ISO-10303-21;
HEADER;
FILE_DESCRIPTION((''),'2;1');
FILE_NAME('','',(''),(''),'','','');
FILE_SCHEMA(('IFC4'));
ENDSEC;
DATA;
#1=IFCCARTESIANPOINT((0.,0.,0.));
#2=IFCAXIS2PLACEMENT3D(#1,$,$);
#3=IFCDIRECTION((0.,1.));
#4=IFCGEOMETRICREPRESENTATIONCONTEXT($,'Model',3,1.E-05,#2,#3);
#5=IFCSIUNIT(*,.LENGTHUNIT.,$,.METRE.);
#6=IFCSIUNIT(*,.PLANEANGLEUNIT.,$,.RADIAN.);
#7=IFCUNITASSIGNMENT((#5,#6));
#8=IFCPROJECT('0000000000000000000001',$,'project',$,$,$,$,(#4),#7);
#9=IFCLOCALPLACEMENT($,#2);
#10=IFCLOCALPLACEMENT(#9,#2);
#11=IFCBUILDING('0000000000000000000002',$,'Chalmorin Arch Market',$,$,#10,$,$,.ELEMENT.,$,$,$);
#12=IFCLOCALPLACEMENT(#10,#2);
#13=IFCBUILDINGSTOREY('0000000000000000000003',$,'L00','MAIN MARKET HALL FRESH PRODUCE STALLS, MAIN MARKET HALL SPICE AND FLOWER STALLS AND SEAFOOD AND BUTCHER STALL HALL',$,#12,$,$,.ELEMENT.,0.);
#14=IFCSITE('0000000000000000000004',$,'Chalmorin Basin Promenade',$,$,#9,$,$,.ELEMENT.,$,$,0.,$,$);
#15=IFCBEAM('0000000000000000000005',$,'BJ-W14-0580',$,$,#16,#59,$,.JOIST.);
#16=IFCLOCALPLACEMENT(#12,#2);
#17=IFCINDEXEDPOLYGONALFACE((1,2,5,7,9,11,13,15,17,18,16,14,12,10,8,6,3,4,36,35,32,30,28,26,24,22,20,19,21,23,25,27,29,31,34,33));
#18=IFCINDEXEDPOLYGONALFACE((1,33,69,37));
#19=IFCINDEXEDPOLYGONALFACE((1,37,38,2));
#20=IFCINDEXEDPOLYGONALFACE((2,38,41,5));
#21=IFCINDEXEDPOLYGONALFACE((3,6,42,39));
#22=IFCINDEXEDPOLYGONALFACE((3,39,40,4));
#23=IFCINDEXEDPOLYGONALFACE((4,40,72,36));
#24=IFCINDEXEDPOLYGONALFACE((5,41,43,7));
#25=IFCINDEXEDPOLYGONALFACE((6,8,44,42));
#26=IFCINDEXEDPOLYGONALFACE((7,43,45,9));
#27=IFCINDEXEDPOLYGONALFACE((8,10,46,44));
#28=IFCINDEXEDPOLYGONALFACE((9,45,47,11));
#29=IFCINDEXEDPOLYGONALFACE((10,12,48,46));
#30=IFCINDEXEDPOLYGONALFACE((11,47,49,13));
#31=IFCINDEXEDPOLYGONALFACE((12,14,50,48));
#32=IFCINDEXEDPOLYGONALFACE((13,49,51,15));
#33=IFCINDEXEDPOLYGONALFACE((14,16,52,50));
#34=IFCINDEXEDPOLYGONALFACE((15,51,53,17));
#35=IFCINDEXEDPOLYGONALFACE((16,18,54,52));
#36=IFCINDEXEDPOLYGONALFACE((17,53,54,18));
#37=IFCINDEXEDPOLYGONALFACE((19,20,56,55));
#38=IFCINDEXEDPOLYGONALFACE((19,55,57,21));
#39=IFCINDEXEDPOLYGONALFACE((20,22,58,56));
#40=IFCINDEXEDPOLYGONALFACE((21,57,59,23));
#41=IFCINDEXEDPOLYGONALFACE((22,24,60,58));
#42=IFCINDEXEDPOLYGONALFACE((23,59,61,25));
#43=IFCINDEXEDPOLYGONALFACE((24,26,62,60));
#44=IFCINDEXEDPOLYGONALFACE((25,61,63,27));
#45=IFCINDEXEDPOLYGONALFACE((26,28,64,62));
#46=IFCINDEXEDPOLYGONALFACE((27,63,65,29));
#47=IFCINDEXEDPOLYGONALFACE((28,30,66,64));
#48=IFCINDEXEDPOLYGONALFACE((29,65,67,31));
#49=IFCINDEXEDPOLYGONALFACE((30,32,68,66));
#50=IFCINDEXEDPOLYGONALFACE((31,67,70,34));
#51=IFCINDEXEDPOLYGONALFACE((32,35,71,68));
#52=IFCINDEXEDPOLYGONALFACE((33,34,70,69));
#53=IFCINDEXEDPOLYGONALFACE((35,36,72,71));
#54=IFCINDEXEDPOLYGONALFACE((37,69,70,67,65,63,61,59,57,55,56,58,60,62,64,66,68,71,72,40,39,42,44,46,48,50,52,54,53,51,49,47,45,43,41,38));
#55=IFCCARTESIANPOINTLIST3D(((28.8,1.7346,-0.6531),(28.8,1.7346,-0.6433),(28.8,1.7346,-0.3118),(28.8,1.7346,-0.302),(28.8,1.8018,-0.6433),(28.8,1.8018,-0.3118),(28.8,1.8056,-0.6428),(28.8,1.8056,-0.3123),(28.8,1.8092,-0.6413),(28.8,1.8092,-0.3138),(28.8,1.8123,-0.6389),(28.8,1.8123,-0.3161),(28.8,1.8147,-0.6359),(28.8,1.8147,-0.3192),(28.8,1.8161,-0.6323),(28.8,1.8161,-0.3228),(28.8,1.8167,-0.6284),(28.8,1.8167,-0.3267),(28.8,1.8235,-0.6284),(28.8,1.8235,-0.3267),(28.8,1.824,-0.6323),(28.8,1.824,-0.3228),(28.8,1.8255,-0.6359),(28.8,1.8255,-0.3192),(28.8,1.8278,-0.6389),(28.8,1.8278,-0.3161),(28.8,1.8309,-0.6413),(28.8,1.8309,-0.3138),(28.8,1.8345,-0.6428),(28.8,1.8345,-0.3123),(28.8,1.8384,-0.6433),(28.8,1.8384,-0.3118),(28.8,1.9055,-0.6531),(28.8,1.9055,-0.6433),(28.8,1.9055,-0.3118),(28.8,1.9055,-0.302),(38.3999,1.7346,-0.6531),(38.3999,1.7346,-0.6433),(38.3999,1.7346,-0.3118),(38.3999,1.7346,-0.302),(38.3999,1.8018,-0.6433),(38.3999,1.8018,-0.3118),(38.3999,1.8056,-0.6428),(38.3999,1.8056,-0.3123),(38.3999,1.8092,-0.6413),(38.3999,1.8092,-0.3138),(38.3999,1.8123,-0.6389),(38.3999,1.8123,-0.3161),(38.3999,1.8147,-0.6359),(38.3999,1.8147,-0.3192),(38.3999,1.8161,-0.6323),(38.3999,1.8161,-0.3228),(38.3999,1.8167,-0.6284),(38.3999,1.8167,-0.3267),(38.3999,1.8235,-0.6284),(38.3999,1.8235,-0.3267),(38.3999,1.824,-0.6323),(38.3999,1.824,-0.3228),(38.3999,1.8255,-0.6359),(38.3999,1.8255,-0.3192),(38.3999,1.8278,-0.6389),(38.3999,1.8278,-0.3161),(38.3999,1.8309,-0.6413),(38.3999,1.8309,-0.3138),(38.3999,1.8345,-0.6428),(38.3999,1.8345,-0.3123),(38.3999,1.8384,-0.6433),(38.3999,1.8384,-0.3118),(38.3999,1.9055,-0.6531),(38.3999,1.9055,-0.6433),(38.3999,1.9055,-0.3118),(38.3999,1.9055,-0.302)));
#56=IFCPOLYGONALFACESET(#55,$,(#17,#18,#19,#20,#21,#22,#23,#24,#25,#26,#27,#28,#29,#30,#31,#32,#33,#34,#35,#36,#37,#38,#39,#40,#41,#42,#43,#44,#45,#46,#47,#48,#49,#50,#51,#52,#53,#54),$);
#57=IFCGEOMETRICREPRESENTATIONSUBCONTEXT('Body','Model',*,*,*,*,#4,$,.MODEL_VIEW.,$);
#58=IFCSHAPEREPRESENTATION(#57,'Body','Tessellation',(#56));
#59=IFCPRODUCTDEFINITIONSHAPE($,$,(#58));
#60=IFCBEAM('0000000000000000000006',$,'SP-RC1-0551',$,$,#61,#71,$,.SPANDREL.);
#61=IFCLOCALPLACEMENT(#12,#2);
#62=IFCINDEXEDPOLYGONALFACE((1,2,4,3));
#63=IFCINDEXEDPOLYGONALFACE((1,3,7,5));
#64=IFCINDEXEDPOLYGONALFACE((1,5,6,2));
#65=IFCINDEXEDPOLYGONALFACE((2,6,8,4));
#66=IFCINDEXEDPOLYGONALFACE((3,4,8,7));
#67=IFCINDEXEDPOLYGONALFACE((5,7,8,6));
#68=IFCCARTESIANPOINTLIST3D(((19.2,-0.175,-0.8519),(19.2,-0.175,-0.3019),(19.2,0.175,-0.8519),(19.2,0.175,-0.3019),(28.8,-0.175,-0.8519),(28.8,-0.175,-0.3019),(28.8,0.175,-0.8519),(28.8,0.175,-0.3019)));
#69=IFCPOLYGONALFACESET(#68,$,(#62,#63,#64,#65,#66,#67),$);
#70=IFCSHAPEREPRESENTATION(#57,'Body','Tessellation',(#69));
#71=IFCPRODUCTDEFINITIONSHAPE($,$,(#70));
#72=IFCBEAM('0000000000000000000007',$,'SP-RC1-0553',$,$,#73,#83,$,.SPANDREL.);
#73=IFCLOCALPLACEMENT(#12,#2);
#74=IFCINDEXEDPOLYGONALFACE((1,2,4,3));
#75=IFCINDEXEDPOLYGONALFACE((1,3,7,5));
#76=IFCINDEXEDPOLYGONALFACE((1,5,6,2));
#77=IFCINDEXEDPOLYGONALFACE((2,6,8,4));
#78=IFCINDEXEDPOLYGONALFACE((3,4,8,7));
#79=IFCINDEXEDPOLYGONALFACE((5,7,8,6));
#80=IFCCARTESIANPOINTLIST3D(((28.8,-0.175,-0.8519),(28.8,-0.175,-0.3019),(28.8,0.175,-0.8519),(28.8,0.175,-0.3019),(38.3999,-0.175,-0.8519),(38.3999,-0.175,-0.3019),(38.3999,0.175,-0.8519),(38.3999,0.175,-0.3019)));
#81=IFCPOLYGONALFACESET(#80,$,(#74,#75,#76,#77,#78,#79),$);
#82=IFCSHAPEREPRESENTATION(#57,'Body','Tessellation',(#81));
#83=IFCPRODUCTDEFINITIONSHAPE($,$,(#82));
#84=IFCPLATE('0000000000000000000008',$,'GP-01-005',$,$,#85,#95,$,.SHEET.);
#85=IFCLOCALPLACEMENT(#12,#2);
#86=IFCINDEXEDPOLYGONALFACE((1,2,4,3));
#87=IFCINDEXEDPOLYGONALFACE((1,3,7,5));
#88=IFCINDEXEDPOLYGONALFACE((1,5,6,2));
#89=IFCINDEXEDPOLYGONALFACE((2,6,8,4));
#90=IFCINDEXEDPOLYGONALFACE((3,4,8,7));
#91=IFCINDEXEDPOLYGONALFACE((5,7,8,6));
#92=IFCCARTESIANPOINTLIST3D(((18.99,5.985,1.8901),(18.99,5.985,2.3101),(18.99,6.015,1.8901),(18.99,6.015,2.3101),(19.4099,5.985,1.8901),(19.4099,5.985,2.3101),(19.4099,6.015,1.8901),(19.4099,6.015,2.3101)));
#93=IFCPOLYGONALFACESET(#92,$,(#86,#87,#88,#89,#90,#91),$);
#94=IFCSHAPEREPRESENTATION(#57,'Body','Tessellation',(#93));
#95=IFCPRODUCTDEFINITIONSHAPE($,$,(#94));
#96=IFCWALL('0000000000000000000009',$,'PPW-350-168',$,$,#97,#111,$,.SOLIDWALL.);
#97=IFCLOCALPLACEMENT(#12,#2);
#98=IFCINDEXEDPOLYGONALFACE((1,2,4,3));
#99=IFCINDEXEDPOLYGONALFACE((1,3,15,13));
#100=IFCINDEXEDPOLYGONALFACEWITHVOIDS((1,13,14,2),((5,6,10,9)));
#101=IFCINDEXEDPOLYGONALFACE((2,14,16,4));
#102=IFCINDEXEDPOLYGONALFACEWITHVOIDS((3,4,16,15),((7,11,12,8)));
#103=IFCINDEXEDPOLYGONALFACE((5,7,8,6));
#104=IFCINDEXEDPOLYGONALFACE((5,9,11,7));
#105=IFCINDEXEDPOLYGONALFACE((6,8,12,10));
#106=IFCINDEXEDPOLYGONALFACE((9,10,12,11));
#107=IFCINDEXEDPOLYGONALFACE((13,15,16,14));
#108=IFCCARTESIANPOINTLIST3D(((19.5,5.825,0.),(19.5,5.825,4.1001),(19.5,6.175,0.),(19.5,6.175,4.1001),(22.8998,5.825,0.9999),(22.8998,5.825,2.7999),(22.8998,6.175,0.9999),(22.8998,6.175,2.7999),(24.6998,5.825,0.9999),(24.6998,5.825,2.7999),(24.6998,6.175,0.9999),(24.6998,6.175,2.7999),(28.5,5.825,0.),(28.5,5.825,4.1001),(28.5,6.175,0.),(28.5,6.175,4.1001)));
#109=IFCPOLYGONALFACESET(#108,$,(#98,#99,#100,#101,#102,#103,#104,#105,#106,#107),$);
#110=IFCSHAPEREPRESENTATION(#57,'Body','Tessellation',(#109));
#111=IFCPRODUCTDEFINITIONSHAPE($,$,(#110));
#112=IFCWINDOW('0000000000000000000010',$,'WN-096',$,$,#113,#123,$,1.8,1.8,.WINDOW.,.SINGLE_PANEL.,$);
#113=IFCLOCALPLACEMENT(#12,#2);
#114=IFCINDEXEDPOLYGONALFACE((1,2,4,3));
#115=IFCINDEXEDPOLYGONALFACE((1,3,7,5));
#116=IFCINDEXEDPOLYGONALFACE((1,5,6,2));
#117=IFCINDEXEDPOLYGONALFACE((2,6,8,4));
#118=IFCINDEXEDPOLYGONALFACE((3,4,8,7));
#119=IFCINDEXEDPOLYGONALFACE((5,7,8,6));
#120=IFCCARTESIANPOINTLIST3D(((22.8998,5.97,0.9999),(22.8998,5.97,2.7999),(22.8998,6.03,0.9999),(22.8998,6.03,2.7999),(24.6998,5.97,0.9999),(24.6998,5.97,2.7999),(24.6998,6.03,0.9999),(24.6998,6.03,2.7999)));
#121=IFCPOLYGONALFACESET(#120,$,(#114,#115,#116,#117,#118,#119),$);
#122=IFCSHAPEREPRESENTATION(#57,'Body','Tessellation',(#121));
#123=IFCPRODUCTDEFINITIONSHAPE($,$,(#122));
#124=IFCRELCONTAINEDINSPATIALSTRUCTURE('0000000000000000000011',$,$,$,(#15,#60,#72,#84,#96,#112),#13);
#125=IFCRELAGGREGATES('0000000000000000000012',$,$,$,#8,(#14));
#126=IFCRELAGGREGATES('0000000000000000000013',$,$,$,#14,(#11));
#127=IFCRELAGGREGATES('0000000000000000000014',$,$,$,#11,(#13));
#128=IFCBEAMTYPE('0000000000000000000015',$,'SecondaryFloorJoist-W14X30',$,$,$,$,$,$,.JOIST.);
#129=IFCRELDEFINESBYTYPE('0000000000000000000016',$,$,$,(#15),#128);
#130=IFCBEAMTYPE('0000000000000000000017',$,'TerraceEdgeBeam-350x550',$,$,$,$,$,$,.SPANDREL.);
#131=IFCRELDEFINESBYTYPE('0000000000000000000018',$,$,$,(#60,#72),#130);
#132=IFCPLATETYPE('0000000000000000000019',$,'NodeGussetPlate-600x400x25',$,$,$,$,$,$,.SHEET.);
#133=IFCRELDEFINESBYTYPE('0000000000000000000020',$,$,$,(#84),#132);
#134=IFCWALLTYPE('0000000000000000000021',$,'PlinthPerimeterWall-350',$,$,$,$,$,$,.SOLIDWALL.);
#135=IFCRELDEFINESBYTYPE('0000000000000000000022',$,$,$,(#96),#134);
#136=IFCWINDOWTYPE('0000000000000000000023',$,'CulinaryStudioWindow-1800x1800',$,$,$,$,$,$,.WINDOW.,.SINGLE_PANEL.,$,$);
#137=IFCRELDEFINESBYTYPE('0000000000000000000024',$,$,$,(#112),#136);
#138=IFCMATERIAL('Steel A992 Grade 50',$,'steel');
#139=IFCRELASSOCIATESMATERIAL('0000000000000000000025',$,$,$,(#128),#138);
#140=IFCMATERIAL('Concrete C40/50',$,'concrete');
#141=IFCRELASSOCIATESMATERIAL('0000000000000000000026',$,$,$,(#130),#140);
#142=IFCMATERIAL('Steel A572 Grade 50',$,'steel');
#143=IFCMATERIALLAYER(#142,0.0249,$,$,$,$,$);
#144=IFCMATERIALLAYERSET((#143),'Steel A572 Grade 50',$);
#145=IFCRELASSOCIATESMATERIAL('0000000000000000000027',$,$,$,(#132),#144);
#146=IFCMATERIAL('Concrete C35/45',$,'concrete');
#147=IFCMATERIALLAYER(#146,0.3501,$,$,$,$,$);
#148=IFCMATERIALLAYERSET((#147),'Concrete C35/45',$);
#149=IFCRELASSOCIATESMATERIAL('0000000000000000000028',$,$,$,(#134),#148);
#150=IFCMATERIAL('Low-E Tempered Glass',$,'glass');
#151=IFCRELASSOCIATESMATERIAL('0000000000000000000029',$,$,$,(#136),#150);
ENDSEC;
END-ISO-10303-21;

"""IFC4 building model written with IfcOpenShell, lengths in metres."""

from ifc_helpers import new_model, si_unit, direction, frame, frame_2d, origin, origin_2d, place, context, subcontext, project, spatial, rectangle, i_section, extrude, material, layer, layer_set, material_profile, profile_set, type_object, element, fill, save


model = new_model("IFC4")

# Units and contexts
model_context = context("Model", 3, precision=1e-05, world=origin(), true_north=direction((0.0, 1.0)))
body_context = subcontext(model_context, "Body", "Model", "MODEL_VIEW")
ifc_project = project(units=[si_unit("LENGTHUNIT", "METRE"), si_unit("PLANEANGLEUNIT", "RADIAN")], contexts=[model_context])

# Site, building, storey
site_placement = place(None, origin())
site = spatial("IfcSite", under=ifc_project, at=site_placement, Name="Chalmorin Basin Promenade", CompositionType="ELEMENT", RefElevation=0.0)
building_placement = place(site_placement, origin())
building = spatial("IfcBuilding", under=site, at=building_placement, Name="Chalmorin Arch Market", CompositionType="ELEMENT")
storey_placement = place(building_placement, origin())
storey = spatial("IfcBuildingStorey", under=building, at=storey_placement, Name="L00", Description="MAIN MARKET HALL FRESH PRODUCE STALLS, MAIN MARKET HALL SPICE AND FLOWER STALLS AND SEAFOOD AND BUTCHER STALL HALL", CompositionType="ELEMENT", Elevation=0.0)

# Shared definitions
ifc_material_1 = material(Name="Concrete C40/50", Category="concrete")

# Beams
ifc_material_2 = material(Name="Steel A992 Grade 50", Category="steel")
ifc_material_profile_1 = material_profile(ifc_material_2, i_section(OverallWidth=0.1709, OverallDepth=0.3511, WebThickness=0.0068, FlangeThickness=0.0098, FilletRadius=0.0149, at=origin_2d()), Name="W14X30")
ifc_profile_set_1 = profile_set([ifc_material_profile_1], Name="Steel A992 Grade 50")
beam_type_1 = type_object("IfcBeamType", Name="SecondaryFloorJoist-W14X30", PredefinedType="JOIST", material=ifc_profile_set_1)
beam_1_placement = place(storey_placement, frame((28.8, 1.8201, -0.4775), z_axis=(1.0, 0.0, 0.0), x_axis=(0.0, 1.0, 0.0)))
element("IfcBeam", 1, at=beam_1_placement, inside=storey, type_object=beam_type_1, Name="BJ-W14-0580", PredefinedType="JOIST", context=body_context, shape_type="SweptSolid", body=[
    extrude(i_section(OverallWidth=0.1709, OverallDepth=0.3511, WebThickness=0.0068, FlangeThickness=0.0098, FilletRadius=0.0149, at=origin_2d()), origin(), (0.0, 0.0, 1.0), 9.5999),
])
ifc_material_profile_2 = material_profile(ifc_material_1, rectangle(XDim=0.3501, YDim=0.55, at=origin_2d()), Name="RC350X550")
ifc_profile_set_2 = profile_set([ifc_material_profile_2], Name="Concrete C40/50")
beam_type_2 = type_object("IfcBeamType", Name="TerraceEdgeBeam-350x550", PredefinedType="SPANDREL", material=ifc_profile_set_2)
beam_2_placement = place(storey_placement, frame((19.2, 0.0, -0.5769), z_axis=(1.0, 0.0, 0.0), x_axis=(0.0, 1.0, 0.0)))
element("IfcBeam", 2, at=beam_2_placement, inside=storey, type_object=beam_type_2, Name="SP-RC1-0551", PredefinedType="SPANDREL", context=body_context, shape_type="SweptSolid", body=[
    extrude(rectangle(XDim=0.3501, YDim=0.55, at=origin_2d()), origin(), (0.0, 0.0, 1.0), 9.6001),
])
beam_3_placement = place(storey_placement, frame((28.8, 0.0, -0.5769), z_axis=(1.0, 0.0, 0.0), x_axis=(0.0, 1.0, 0.0)))
element("IfcBeam", 3, at=beam_3_placement, inside=storey, type_object=beam_type_2, Name="SP-RC1-0553", PredefinedType="SPANDREL", context=body_context, shape_type="SweptSolid", body=[
    extrude(rectangle(XDim=0.3501, YDim=0.55, at=origin_2d()), origin(), (0.0, 0.0, 1.0), 9.5999),
])

# Plate
ifc_material_3 = material(Name="Steel A572 Grade 50", Category="steel")
ifc_layer_1 = layer(ifc_material_3, 0.0249)
ifc_layer_set_1 = layer_set([ifc_layer_1], Name="Steel A572 Grade 50")
plate_type = type_object("IfcPlateType", Name="NodeGussetPlate-600x400x25", PredefinedType="SHEET", material=ifc_layer_set_1)
plate_placement = place(storey_placement, frame((19.2, 6.0, 1.8901), z_axis=(0.0, 0.0, 1.0), x_axis=(1.0, 0.0, 0.0)))
element("IfcPlate", 4, at=plate_placement, inside=storey, type_object=plate_type, Name="GP-01-005", PredefinedType="SHEET", context=body_context, shape_type="SweptSolid", body=[
    extrude(rectangle(XDim=0.4199, YDim=0.03, at=origin_2d()), origin(), (0.0, 0.0, 1.0), 0.4199),
])

# Wall, opening, window
ifc_material_4 = material(Name="Concrete C35/45", Category="concrete")
ifc_layer_2 = layer(ifc_material_4, 0.3501)
ifc_layer_set_2 = layer_set([ifc_layer_2], Name="Concrete C35/45")
wall_type = type_object("IfcWallType", Name="PlinthPerimeterWall-350", PredefinedType="SOLIDWALL", material=ifc_layer_set_2)
wall_placement = place(storey_placement, frame((19.5, 6.0, 0.0), z_axis=(0.0, 0.0, 1.0), x_axis=(1.0, 0.0, 0.0)))
wall = element("IfcWall", 5, at=wall_placement, inside=storey, type_object=wall_type, Name="PPW-350-168", PredefinedType="SOLIDWALL", context=body_context, shape_type="SweptSolid", body=[
    extrude(rectangle(XDim=9.0, YDim=0.3501, at=frame_2d((4.5, 0.0))), origin(), (0.0, 0.0, 1.0), 4.1001),
])
opening_placement = place(wall_placement, frame((3.3999, 0.0, 1.0)))
opening = element("IfcOpeningElement", 6, at=opening_placement, cuts=wall, PredefinedType="OPENING", context=body_context, shape_type="SweptSolid", body=[
    extrude(rectangle(XDim=1.8, YDim=1.8, at=frame_2d((0.8999, 0.8999))), frame((0.0, 0.1851, 0.0), z_axis=(0.0, -1.0, 0.0), x_axis=(1.0, 0.0, 0.0)), (0.0, 0.0, 1.0), 0.3701),
])
ifc_material_5 = material(Name="Low-E Tempered Glass", Category="glass")
window_type = type_object("IfcWindowType", Name="CulinaryStudioWindow-1800x1800", PartitioningType="SINGLE_PANEL", PredefinedType="WINDOW", material=ifc_material_5)
window_placement = place(opening_placement, origin())
window = element("IfcWindow", 7, at=window_placement, inside=storey, type_object=window_type, Name="WN-096", OverallHeight=1.8, OverallWidth=1.8, PartitioningType="SINGLE_PANEL", PredefinedType="WINDOW", context=body_context, shape_type="SweptSolid", body=[
    extrude(rectangle(XDim=1.8, YDim=1.8, at=frame_2d((0.8999, 0.8999))), frame((0.0, 0.03, 0.0), z_axis=(0.0, -1.0, 0.0), x_axis=(1.0, 0.0, 0.0)), (0.0, 0.0, 1.0), 0.0601),
])
fill(opening, window)

save(model, "model.ifc")
